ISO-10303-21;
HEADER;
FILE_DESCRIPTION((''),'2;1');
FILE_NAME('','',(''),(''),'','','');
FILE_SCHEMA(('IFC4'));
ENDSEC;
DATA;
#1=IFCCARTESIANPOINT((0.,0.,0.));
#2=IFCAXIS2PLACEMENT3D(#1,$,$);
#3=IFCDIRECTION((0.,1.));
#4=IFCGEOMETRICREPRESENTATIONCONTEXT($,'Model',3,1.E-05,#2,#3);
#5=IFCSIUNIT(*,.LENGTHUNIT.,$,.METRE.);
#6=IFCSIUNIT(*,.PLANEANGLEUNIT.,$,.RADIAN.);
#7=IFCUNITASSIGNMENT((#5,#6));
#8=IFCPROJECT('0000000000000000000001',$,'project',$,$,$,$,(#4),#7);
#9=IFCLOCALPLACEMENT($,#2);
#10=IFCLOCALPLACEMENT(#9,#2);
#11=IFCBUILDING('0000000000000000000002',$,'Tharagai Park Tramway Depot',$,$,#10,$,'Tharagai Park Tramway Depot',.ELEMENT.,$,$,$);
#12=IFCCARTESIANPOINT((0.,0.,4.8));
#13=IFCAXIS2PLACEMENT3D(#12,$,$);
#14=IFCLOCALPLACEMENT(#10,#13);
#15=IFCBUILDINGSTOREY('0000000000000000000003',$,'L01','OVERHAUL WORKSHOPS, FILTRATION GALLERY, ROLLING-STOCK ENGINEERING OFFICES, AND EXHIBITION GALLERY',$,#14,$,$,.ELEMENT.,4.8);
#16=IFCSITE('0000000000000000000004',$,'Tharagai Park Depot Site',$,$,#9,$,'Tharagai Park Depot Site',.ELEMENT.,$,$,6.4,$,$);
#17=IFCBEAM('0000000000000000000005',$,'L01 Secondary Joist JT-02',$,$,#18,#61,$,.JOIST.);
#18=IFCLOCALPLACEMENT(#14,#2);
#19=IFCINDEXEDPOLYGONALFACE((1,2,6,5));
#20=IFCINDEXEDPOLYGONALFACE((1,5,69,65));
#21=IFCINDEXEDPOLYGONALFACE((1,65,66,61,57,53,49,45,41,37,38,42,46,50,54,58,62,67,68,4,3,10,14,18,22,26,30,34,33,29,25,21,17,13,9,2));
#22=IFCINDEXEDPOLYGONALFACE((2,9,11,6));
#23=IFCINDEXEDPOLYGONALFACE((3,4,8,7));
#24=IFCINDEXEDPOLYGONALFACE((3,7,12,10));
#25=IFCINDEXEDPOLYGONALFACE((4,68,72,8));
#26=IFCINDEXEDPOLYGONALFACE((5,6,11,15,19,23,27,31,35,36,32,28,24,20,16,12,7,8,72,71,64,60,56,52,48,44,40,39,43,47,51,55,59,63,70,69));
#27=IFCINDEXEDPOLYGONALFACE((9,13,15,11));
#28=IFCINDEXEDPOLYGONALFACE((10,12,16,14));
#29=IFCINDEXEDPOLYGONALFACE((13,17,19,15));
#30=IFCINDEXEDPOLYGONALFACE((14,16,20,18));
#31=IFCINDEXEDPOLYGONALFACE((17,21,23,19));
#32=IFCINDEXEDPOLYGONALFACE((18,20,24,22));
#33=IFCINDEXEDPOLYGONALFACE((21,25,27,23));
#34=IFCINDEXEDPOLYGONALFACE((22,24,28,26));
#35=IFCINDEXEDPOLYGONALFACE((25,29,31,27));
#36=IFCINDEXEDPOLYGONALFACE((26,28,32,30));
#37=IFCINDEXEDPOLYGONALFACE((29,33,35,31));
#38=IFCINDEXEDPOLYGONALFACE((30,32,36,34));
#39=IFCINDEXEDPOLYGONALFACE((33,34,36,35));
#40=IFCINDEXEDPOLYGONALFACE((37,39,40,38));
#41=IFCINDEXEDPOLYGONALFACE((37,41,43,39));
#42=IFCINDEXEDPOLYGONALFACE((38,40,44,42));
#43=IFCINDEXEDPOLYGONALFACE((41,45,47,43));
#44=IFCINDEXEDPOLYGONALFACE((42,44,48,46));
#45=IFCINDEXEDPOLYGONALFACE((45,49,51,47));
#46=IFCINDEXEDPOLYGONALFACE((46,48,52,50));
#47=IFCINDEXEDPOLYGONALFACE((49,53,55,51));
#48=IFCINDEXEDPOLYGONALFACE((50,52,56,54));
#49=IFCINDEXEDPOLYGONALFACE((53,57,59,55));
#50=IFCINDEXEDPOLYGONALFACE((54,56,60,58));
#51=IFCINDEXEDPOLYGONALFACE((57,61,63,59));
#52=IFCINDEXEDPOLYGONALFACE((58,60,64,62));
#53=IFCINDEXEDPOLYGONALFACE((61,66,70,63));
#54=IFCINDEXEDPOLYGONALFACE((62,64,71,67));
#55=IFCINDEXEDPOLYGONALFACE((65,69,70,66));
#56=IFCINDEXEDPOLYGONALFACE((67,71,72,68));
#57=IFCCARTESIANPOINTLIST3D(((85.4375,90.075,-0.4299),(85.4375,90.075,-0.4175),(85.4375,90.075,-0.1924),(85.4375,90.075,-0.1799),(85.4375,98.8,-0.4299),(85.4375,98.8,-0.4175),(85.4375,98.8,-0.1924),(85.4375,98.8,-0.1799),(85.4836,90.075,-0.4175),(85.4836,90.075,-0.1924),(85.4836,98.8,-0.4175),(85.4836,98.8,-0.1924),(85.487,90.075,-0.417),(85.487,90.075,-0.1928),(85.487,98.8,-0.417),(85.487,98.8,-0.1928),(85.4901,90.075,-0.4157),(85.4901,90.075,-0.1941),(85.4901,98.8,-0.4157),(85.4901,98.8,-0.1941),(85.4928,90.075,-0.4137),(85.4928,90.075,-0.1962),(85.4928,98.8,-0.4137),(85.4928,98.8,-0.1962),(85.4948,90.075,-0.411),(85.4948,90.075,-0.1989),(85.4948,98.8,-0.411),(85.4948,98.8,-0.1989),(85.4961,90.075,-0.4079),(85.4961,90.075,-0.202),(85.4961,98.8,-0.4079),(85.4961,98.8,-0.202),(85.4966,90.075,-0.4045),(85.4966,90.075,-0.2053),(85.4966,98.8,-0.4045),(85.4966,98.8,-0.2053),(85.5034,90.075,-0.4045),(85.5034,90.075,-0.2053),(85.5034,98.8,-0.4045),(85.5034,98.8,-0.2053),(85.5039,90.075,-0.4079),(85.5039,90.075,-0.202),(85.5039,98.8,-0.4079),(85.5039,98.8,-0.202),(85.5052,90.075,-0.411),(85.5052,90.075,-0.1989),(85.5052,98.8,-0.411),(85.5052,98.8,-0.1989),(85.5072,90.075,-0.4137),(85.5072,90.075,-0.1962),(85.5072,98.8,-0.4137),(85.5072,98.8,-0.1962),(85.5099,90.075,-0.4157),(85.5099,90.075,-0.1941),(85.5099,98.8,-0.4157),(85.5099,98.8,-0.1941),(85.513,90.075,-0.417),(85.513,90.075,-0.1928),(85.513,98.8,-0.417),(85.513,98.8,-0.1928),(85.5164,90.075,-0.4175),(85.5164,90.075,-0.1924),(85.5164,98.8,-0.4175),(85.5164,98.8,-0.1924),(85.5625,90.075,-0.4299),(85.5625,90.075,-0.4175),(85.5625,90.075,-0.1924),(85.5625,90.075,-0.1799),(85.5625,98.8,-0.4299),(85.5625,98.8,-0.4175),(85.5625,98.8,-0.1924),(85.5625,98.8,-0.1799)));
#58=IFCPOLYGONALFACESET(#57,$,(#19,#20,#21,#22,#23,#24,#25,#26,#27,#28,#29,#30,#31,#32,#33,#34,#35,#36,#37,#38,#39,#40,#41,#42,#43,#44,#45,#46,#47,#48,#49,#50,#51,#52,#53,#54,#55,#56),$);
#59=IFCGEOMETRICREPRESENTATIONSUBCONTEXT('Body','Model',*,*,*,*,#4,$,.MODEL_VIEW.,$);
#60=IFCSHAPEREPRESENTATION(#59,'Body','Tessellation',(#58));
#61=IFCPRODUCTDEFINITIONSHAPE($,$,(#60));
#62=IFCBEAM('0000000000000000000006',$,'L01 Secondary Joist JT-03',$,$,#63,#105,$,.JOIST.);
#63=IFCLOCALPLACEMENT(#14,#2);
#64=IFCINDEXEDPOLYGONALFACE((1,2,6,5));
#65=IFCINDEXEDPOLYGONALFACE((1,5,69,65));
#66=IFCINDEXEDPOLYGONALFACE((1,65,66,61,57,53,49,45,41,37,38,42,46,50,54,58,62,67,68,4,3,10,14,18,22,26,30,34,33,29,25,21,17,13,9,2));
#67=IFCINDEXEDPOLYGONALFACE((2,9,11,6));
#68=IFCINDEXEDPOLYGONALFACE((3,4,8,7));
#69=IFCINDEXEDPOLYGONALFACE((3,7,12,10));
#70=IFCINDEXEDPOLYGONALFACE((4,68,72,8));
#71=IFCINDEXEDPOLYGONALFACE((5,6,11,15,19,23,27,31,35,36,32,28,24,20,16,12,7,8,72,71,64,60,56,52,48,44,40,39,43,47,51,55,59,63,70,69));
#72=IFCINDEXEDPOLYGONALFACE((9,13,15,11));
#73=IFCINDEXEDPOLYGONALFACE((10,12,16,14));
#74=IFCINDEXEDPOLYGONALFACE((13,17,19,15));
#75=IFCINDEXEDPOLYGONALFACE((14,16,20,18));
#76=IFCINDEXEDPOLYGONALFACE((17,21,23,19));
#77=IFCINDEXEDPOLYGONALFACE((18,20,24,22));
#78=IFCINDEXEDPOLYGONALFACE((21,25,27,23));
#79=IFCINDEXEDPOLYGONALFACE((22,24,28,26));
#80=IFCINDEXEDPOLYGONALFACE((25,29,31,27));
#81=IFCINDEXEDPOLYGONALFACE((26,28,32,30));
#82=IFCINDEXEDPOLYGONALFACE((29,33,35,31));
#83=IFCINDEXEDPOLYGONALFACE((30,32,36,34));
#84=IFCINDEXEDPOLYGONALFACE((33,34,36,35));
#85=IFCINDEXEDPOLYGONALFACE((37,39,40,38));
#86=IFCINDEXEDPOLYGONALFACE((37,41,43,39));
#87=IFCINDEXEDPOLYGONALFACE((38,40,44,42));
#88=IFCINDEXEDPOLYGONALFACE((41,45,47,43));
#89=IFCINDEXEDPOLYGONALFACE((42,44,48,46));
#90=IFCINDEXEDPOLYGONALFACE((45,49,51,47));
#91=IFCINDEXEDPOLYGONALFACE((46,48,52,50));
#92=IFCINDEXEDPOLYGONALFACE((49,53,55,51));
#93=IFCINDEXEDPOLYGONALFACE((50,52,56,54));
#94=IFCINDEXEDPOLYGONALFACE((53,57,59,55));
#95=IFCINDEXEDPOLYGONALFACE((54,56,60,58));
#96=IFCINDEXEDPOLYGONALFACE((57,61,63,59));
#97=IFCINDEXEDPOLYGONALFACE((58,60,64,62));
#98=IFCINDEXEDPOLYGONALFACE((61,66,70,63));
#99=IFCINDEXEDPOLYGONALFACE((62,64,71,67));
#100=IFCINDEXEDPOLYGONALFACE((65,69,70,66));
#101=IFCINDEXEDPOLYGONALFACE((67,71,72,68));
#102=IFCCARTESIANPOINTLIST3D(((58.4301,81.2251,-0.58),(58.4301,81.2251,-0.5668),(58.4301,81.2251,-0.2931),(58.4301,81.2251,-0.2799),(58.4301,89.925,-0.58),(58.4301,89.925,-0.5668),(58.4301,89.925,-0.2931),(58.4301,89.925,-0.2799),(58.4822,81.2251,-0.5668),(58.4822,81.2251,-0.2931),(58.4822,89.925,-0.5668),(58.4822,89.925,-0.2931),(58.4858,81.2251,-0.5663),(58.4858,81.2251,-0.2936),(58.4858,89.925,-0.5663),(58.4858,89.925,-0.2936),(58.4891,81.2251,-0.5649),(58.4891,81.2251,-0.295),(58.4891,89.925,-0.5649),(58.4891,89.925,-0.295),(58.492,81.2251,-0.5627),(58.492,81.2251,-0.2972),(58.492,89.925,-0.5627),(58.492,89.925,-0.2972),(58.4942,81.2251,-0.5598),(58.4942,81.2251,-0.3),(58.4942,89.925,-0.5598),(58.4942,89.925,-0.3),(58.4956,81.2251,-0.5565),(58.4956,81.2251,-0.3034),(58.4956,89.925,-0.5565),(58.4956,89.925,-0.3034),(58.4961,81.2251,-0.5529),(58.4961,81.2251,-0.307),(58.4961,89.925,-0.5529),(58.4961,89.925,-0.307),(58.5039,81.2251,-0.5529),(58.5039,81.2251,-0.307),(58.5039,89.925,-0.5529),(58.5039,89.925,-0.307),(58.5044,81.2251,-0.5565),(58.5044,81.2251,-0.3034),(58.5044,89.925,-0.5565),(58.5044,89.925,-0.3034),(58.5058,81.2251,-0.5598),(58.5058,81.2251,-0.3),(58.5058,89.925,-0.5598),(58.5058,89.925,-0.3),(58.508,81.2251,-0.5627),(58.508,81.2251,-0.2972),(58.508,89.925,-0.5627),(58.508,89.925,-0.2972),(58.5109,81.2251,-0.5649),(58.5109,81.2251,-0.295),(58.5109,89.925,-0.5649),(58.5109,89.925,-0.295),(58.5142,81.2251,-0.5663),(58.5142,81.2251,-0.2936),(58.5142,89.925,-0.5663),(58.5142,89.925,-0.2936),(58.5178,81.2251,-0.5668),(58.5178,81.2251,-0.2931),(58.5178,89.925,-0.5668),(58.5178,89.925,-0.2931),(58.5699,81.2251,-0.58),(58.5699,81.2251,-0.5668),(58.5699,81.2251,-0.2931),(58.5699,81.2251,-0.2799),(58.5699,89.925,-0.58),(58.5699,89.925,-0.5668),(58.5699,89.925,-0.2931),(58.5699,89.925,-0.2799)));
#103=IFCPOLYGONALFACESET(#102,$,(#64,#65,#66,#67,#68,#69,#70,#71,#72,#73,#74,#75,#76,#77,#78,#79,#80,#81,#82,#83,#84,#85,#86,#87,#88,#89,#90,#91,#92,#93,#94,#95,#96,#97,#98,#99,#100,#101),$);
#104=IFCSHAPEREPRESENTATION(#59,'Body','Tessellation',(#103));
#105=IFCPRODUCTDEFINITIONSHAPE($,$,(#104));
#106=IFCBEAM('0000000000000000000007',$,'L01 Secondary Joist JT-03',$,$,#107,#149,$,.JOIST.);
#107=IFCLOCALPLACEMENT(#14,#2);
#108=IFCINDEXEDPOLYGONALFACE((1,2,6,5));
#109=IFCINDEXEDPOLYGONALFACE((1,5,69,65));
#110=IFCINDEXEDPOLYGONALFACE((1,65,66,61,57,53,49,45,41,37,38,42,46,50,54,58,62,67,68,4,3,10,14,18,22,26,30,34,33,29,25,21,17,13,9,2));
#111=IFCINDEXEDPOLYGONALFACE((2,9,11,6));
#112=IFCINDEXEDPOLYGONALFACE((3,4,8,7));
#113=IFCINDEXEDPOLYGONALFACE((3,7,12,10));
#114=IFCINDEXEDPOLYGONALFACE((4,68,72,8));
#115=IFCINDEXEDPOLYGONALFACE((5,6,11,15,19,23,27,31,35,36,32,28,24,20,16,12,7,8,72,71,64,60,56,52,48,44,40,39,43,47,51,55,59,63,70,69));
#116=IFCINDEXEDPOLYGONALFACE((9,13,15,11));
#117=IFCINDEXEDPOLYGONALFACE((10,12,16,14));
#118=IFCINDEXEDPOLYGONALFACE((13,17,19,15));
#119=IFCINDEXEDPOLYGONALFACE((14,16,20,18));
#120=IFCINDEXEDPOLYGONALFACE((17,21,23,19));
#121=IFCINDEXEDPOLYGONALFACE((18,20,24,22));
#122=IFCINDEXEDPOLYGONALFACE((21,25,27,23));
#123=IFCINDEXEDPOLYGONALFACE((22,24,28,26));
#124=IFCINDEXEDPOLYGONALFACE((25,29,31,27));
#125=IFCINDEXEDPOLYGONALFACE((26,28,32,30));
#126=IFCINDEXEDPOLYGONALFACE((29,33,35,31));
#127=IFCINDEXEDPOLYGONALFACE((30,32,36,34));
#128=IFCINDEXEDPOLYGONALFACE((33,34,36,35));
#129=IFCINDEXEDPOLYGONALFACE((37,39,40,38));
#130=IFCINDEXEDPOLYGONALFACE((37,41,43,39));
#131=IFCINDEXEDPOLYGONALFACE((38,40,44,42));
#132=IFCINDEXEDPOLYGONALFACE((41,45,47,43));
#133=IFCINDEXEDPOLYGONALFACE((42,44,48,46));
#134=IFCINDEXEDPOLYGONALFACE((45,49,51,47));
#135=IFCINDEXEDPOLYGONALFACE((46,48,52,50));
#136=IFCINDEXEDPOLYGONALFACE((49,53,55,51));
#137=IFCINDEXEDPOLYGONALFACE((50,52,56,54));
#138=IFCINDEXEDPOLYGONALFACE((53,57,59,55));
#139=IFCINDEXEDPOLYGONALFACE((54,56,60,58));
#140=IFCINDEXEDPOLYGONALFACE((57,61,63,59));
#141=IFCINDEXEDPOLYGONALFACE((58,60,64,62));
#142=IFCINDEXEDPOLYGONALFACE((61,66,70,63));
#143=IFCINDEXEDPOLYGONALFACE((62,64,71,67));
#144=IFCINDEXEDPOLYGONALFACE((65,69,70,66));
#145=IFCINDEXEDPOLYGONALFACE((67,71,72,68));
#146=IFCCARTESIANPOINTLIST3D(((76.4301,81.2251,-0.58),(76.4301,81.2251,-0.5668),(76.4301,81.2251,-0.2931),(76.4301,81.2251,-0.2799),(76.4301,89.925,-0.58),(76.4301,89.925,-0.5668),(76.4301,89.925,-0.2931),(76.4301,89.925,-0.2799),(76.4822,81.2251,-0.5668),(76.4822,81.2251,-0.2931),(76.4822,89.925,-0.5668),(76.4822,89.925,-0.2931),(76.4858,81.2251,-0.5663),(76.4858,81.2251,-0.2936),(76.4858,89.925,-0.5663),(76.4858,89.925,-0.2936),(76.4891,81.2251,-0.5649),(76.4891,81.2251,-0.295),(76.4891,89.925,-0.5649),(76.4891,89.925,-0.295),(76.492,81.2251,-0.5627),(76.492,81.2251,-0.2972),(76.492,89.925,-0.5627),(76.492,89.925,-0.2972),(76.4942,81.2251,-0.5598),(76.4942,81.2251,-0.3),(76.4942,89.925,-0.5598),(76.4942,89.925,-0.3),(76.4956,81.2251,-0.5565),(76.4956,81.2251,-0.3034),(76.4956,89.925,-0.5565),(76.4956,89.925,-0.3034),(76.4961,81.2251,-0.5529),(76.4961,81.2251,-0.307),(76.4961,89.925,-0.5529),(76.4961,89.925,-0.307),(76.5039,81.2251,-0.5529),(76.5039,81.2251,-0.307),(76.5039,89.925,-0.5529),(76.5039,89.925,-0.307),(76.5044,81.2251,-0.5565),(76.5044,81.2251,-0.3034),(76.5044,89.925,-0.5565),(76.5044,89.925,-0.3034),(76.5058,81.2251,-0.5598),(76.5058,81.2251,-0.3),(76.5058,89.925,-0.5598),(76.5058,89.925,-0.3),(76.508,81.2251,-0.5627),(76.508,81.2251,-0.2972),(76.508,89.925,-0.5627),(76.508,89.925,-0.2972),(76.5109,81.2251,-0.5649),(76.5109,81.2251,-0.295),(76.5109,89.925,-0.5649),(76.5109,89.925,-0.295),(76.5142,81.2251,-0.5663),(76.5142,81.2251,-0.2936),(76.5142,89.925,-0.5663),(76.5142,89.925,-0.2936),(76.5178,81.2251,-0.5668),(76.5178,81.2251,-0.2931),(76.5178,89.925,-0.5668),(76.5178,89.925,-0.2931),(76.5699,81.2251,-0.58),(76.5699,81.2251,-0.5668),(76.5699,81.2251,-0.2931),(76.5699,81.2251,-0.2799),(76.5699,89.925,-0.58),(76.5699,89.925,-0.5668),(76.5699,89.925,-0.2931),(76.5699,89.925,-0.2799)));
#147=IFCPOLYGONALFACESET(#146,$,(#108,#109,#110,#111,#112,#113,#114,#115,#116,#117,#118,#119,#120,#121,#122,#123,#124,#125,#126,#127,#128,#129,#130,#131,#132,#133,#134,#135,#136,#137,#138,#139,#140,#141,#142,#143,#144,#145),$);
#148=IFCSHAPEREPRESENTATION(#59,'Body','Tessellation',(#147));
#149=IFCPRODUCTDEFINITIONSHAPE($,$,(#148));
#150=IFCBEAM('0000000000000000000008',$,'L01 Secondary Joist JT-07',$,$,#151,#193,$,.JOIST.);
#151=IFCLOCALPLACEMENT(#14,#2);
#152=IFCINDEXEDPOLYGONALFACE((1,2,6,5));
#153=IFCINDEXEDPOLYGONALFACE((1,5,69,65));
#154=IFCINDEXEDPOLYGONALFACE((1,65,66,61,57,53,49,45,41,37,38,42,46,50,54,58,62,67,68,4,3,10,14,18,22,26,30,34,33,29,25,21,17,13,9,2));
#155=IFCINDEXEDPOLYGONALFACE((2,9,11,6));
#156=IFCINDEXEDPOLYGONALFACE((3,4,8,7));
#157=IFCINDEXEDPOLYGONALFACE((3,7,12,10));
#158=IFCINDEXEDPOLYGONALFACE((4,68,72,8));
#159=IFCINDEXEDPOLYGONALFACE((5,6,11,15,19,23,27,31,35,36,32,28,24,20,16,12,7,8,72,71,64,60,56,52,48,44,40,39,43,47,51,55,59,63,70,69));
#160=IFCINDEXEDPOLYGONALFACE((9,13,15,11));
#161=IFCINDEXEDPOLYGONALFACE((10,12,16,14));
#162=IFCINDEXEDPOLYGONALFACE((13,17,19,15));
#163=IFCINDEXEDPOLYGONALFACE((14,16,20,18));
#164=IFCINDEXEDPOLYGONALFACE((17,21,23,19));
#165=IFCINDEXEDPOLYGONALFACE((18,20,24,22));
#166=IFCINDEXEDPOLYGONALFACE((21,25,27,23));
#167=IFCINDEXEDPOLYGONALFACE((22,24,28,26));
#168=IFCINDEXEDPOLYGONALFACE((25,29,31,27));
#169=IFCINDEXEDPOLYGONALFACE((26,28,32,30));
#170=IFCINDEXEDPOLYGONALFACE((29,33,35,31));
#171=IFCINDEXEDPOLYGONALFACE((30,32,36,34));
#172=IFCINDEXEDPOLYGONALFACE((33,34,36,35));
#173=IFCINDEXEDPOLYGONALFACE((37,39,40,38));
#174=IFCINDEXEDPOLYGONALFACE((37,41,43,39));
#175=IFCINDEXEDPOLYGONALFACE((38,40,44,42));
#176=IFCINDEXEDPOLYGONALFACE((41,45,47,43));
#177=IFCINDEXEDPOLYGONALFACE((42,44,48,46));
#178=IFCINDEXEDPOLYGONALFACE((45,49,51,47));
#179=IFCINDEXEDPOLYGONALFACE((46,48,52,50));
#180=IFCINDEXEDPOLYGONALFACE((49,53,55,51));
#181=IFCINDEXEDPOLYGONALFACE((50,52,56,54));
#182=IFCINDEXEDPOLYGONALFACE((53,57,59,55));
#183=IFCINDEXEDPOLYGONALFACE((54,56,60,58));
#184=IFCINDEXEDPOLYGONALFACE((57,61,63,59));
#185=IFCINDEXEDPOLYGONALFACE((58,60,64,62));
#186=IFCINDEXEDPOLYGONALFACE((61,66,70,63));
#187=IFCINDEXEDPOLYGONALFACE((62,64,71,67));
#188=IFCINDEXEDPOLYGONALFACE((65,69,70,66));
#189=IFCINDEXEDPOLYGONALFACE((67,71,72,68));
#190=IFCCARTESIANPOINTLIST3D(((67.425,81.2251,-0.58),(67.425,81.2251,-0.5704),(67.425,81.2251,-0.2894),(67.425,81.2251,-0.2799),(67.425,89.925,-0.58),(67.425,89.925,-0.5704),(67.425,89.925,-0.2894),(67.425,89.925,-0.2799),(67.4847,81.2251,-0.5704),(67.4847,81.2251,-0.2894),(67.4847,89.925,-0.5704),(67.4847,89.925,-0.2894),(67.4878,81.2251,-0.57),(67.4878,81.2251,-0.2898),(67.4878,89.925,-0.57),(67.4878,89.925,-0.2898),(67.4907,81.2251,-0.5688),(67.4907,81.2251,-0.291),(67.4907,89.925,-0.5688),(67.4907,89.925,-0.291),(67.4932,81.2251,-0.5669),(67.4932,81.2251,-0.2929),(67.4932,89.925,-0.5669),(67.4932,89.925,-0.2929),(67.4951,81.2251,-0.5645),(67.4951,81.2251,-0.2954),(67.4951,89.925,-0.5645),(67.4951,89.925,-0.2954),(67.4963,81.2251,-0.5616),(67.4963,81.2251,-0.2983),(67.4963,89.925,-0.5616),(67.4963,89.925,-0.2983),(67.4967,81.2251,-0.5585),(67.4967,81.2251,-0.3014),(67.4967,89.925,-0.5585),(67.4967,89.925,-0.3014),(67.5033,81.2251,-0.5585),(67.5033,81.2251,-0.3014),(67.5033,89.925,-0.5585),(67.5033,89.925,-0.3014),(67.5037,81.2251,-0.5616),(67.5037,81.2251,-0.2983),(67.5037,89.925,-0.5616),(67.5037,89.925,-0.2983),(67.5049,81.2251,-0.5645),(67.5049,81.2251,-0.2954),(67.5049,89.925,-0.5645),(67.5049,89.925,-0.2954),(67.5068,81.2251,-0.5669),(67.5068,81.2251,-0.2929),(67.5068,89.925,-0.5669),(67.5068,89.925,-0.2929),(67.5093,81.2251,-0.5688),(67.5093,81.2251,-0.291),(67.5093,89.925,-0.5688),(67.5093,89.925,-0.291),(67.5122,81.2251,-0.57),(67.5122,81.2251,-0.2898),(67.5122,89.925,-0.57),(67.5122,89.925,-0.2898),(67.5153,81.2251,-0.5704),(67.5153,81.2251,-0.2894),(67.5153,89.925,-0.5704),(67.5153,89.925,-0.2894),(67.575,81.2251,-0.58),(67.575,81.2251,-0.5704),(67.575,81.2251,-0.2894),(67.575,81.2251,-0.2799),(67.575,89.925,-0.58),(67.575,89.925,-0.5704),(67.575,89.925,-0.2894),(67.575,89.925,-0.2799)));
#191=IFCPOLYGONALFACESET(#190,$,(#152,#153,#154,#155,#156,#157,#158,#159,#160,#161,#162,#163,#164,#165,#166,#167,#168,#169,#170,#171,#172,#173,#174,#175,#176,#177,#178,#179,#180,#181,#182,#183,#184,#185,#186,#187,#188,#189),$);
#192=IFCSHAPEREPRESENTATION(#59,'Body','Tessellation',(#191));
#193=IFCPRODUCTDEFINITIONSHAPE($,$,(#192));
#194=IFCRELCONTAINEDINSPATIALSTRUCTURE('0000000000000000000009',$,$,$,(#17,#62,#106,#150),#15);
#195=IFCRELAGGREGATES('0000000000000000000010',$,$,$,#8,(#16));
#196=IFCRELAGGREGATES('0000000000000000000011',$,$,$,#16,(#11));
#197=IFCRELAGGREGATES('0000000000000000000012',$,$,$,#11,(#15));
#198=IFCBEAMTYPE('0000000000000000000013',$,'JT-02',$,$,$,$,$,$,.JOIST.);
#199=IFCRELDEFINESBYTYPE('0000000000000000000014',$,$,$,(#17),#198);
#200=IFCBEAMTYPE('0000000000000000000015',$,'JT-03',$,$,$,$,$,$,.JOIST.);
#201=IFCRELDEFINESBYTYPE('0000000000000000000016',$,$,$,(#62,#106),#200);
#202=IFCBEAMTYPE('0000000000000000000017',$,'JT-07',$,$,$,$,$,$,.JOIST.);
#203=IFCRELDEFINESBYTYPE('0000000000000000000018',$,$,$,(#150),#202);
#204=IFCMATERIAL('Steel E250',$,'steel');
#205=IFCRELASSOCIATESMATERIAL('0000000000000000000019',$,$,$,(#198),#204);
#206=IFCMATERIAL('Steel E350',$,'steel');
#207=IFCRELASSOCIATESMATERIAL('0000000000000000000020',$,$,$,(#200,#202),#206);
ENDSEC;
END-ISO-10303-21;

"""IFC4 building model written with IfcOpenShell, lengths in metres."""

from ifc_helpers import new_model, si_unit, direction, frame, origin, origin_2d, place, context, subcontext, project, spatial, i_section, extrude, material, material_profile, profile_set, type_object, element, save


model = new_model("IFC4")

# Units and contexts
model_context = context("Model", 3, precision=1e-05, world=origin(), true_north=direction((0.0, 1.0)))
body_context = subcontext(model_context, "Body", "Model", "MODEL_VIEW")
ifc_project = project(units=[si_unit("LENGTHUNIT", "METRE"), si_unit("PLANEANGLEUNIT", "RADIAN")], contexts=[model_context])

# Site, building, storey
site_placement = place(None, origin())
site = spatial("IfcSite", under=ifc_project, at=site_placement, Name="Tharagai Park Depot Site", LongName="Tharagai Park Depot Site", CompositionType="ELEMENT", RefElevation=6.4)
building_placement = place(site_placement, origin())
building = spatial("IfcBuilding", under=site, at=building_placement, Name="Tharagai Park Tramway Depot", LongName="Tharagai Park Tramway Depot", CompositionType="ELEMENT")
storey_placement = place(building_placement, frame((0.0, 0.0, 4.8)))
storey = spatial("IfcBuildingStorey", under=building, at=storey_placement, Name="L01", Description="OVERHAUL WORKSHOPS, FILTRATION GALLERY, ROLLING-STOCK ENGINEERING OFFICES, AND EXHIBITION GALLERY", CompositionType="ELEMENT", Elevation=4.8)

# Shared definitions
ifc_material_1 = material(Name="Steel E350", Category="steel")

# Beams
ifc_material_2 = material(Name="Steel E250", Category="steel")
ifc_material_profile_1 = material_profile(ifc_material_2, i_section(OverallWidth=0.125, OverallDepth=0.25, WebThickness=0.0068, FlangeThickness=0.0125, FilletRadius=0.0129, at=origin_2d()), Name="ISMB 250")
ifc_profile_set_1 = profile_set([ifc_material_profile_1], Name="Steel E250")
beam_type_1 = type_object("IfcBeamType", Name="JT-02", PredefinedType="JOIST", material=ifc_profile_set_1)
for number, where, z_axis, x_axis, name in (
    (1, (85.5, 90.075, -0.3049), (0.0, 1.0, 0.0), (-1.0, 0.0, 0.0), "L01 Secondary Joist JT-02"),
):
    element("IfcBeam", number, at=place(storey_placement, frame(where, z_axis=z_axis, x_axis=x_axis)), inside=storey, type_object=beam_type_1, Name=name, PredefinedType="JOIST", context=body_context, shape_type="SweptSolid", body=[
        extrude(i_section(OverallWidth=0.125, OverallDepth=0.25, WebThickness=0.0068, FlangeThickness=0.0125, FilletRadius=0.0129, at=origin_2d()), origin(), (0.0, 0.0, 1.0), 8.7251),
    ])
ifc_material_profile_2 = material_profile(ifc_material_1, i_section(OverallWidth=0.1399, OverallDepth=0.3, WebThickness=0.0078, FlangeThickness=0.0132, FilletRadius=0.0139, at=origin_2d()), Name="ISMB 300")
ifc_profile_set_2 = profile_set([ifc_material_profile_2], Name="Steel E350")
beam_type_2 = type_object("IfcBeamType", Name="JT-03", PredefinedType="JOIST", material=ifc_profile_set_2)
for number, where, z_axis, x_axis, name in (
    (2, (58.5, 81.2251, -0.4299), (0.0, 1.0, 0.0), (-1.0, 0.0, 0.0), "L01 Secondary Joist JT-03"),
    (3, (76.5, 81.2251, -0.4299), (0.0, 1.0, 0.0), (-1.0, 0.0, 0.0), "L01 Secondary Joist JT-03"),
):
    element("IfcBeam", number, at=place(storey_placement, frame(where, z_axis=z_axis, x_axis=x_axis)), inside=storey, type_object=beam_type_2, Name=name, PredefinedType="JOIST", context=body_context, shape_type="SweptSolid", body=[
        extrude(i_section(OverallWidth=0.1399, OverallDepth=0.3, WebThickness=0.0078, FlangeThickness=0.0132, FilletRadius=0.0139, at=origin_2d()), origin(), (0.0, 0.0, 1.0), 8.7),
    ])
ifc_material_profile_3 = material_profile(ifc_material_1, i_section(OverallWidth=0.1499, OverallDepth=0.3, WebThickness=0.0066, FlangeThickness=0.0095, FilletRadius=0.012, at=origin_2d()), Name="ISLB 300")
ifc_profile_set_3 = profile_set([ifc_material_profile_3], Name="Steel E350")
beam_type_3 = type_object("IfcBeamType", Name="JT-07", PredefinedType="JOIST", material=ifc_profile_set_3)
for number, where, z_axis, x_axis, name in (
    (4, (67.5, 81.2251, -0.4299), (0.0, 1.0, 0.0), (-1.0, 0.0, 0.0), "L01 Secondary Joist JT-07"),
):
    element("IfcBeam", number, at=place(storey_placement, frame(where, z_axis=z_axis, x_axis=x_axis)), inside=storey, type_object=beam_type_3, Name=name, PredefinedType="JOIST", context=body_context, shape_type="SweptSolid", body=[
        extrude(i_section(OverallWidth=0.1499, OverallDepth=0.3, WebThickness=0.0066, FlangeThickness=0.0095, FilletRadius=0.012, at=origin_2d()), origin(), (0.0, 0.0, 1.0), 8.7),
    ])

save(model, "model.ifc")
